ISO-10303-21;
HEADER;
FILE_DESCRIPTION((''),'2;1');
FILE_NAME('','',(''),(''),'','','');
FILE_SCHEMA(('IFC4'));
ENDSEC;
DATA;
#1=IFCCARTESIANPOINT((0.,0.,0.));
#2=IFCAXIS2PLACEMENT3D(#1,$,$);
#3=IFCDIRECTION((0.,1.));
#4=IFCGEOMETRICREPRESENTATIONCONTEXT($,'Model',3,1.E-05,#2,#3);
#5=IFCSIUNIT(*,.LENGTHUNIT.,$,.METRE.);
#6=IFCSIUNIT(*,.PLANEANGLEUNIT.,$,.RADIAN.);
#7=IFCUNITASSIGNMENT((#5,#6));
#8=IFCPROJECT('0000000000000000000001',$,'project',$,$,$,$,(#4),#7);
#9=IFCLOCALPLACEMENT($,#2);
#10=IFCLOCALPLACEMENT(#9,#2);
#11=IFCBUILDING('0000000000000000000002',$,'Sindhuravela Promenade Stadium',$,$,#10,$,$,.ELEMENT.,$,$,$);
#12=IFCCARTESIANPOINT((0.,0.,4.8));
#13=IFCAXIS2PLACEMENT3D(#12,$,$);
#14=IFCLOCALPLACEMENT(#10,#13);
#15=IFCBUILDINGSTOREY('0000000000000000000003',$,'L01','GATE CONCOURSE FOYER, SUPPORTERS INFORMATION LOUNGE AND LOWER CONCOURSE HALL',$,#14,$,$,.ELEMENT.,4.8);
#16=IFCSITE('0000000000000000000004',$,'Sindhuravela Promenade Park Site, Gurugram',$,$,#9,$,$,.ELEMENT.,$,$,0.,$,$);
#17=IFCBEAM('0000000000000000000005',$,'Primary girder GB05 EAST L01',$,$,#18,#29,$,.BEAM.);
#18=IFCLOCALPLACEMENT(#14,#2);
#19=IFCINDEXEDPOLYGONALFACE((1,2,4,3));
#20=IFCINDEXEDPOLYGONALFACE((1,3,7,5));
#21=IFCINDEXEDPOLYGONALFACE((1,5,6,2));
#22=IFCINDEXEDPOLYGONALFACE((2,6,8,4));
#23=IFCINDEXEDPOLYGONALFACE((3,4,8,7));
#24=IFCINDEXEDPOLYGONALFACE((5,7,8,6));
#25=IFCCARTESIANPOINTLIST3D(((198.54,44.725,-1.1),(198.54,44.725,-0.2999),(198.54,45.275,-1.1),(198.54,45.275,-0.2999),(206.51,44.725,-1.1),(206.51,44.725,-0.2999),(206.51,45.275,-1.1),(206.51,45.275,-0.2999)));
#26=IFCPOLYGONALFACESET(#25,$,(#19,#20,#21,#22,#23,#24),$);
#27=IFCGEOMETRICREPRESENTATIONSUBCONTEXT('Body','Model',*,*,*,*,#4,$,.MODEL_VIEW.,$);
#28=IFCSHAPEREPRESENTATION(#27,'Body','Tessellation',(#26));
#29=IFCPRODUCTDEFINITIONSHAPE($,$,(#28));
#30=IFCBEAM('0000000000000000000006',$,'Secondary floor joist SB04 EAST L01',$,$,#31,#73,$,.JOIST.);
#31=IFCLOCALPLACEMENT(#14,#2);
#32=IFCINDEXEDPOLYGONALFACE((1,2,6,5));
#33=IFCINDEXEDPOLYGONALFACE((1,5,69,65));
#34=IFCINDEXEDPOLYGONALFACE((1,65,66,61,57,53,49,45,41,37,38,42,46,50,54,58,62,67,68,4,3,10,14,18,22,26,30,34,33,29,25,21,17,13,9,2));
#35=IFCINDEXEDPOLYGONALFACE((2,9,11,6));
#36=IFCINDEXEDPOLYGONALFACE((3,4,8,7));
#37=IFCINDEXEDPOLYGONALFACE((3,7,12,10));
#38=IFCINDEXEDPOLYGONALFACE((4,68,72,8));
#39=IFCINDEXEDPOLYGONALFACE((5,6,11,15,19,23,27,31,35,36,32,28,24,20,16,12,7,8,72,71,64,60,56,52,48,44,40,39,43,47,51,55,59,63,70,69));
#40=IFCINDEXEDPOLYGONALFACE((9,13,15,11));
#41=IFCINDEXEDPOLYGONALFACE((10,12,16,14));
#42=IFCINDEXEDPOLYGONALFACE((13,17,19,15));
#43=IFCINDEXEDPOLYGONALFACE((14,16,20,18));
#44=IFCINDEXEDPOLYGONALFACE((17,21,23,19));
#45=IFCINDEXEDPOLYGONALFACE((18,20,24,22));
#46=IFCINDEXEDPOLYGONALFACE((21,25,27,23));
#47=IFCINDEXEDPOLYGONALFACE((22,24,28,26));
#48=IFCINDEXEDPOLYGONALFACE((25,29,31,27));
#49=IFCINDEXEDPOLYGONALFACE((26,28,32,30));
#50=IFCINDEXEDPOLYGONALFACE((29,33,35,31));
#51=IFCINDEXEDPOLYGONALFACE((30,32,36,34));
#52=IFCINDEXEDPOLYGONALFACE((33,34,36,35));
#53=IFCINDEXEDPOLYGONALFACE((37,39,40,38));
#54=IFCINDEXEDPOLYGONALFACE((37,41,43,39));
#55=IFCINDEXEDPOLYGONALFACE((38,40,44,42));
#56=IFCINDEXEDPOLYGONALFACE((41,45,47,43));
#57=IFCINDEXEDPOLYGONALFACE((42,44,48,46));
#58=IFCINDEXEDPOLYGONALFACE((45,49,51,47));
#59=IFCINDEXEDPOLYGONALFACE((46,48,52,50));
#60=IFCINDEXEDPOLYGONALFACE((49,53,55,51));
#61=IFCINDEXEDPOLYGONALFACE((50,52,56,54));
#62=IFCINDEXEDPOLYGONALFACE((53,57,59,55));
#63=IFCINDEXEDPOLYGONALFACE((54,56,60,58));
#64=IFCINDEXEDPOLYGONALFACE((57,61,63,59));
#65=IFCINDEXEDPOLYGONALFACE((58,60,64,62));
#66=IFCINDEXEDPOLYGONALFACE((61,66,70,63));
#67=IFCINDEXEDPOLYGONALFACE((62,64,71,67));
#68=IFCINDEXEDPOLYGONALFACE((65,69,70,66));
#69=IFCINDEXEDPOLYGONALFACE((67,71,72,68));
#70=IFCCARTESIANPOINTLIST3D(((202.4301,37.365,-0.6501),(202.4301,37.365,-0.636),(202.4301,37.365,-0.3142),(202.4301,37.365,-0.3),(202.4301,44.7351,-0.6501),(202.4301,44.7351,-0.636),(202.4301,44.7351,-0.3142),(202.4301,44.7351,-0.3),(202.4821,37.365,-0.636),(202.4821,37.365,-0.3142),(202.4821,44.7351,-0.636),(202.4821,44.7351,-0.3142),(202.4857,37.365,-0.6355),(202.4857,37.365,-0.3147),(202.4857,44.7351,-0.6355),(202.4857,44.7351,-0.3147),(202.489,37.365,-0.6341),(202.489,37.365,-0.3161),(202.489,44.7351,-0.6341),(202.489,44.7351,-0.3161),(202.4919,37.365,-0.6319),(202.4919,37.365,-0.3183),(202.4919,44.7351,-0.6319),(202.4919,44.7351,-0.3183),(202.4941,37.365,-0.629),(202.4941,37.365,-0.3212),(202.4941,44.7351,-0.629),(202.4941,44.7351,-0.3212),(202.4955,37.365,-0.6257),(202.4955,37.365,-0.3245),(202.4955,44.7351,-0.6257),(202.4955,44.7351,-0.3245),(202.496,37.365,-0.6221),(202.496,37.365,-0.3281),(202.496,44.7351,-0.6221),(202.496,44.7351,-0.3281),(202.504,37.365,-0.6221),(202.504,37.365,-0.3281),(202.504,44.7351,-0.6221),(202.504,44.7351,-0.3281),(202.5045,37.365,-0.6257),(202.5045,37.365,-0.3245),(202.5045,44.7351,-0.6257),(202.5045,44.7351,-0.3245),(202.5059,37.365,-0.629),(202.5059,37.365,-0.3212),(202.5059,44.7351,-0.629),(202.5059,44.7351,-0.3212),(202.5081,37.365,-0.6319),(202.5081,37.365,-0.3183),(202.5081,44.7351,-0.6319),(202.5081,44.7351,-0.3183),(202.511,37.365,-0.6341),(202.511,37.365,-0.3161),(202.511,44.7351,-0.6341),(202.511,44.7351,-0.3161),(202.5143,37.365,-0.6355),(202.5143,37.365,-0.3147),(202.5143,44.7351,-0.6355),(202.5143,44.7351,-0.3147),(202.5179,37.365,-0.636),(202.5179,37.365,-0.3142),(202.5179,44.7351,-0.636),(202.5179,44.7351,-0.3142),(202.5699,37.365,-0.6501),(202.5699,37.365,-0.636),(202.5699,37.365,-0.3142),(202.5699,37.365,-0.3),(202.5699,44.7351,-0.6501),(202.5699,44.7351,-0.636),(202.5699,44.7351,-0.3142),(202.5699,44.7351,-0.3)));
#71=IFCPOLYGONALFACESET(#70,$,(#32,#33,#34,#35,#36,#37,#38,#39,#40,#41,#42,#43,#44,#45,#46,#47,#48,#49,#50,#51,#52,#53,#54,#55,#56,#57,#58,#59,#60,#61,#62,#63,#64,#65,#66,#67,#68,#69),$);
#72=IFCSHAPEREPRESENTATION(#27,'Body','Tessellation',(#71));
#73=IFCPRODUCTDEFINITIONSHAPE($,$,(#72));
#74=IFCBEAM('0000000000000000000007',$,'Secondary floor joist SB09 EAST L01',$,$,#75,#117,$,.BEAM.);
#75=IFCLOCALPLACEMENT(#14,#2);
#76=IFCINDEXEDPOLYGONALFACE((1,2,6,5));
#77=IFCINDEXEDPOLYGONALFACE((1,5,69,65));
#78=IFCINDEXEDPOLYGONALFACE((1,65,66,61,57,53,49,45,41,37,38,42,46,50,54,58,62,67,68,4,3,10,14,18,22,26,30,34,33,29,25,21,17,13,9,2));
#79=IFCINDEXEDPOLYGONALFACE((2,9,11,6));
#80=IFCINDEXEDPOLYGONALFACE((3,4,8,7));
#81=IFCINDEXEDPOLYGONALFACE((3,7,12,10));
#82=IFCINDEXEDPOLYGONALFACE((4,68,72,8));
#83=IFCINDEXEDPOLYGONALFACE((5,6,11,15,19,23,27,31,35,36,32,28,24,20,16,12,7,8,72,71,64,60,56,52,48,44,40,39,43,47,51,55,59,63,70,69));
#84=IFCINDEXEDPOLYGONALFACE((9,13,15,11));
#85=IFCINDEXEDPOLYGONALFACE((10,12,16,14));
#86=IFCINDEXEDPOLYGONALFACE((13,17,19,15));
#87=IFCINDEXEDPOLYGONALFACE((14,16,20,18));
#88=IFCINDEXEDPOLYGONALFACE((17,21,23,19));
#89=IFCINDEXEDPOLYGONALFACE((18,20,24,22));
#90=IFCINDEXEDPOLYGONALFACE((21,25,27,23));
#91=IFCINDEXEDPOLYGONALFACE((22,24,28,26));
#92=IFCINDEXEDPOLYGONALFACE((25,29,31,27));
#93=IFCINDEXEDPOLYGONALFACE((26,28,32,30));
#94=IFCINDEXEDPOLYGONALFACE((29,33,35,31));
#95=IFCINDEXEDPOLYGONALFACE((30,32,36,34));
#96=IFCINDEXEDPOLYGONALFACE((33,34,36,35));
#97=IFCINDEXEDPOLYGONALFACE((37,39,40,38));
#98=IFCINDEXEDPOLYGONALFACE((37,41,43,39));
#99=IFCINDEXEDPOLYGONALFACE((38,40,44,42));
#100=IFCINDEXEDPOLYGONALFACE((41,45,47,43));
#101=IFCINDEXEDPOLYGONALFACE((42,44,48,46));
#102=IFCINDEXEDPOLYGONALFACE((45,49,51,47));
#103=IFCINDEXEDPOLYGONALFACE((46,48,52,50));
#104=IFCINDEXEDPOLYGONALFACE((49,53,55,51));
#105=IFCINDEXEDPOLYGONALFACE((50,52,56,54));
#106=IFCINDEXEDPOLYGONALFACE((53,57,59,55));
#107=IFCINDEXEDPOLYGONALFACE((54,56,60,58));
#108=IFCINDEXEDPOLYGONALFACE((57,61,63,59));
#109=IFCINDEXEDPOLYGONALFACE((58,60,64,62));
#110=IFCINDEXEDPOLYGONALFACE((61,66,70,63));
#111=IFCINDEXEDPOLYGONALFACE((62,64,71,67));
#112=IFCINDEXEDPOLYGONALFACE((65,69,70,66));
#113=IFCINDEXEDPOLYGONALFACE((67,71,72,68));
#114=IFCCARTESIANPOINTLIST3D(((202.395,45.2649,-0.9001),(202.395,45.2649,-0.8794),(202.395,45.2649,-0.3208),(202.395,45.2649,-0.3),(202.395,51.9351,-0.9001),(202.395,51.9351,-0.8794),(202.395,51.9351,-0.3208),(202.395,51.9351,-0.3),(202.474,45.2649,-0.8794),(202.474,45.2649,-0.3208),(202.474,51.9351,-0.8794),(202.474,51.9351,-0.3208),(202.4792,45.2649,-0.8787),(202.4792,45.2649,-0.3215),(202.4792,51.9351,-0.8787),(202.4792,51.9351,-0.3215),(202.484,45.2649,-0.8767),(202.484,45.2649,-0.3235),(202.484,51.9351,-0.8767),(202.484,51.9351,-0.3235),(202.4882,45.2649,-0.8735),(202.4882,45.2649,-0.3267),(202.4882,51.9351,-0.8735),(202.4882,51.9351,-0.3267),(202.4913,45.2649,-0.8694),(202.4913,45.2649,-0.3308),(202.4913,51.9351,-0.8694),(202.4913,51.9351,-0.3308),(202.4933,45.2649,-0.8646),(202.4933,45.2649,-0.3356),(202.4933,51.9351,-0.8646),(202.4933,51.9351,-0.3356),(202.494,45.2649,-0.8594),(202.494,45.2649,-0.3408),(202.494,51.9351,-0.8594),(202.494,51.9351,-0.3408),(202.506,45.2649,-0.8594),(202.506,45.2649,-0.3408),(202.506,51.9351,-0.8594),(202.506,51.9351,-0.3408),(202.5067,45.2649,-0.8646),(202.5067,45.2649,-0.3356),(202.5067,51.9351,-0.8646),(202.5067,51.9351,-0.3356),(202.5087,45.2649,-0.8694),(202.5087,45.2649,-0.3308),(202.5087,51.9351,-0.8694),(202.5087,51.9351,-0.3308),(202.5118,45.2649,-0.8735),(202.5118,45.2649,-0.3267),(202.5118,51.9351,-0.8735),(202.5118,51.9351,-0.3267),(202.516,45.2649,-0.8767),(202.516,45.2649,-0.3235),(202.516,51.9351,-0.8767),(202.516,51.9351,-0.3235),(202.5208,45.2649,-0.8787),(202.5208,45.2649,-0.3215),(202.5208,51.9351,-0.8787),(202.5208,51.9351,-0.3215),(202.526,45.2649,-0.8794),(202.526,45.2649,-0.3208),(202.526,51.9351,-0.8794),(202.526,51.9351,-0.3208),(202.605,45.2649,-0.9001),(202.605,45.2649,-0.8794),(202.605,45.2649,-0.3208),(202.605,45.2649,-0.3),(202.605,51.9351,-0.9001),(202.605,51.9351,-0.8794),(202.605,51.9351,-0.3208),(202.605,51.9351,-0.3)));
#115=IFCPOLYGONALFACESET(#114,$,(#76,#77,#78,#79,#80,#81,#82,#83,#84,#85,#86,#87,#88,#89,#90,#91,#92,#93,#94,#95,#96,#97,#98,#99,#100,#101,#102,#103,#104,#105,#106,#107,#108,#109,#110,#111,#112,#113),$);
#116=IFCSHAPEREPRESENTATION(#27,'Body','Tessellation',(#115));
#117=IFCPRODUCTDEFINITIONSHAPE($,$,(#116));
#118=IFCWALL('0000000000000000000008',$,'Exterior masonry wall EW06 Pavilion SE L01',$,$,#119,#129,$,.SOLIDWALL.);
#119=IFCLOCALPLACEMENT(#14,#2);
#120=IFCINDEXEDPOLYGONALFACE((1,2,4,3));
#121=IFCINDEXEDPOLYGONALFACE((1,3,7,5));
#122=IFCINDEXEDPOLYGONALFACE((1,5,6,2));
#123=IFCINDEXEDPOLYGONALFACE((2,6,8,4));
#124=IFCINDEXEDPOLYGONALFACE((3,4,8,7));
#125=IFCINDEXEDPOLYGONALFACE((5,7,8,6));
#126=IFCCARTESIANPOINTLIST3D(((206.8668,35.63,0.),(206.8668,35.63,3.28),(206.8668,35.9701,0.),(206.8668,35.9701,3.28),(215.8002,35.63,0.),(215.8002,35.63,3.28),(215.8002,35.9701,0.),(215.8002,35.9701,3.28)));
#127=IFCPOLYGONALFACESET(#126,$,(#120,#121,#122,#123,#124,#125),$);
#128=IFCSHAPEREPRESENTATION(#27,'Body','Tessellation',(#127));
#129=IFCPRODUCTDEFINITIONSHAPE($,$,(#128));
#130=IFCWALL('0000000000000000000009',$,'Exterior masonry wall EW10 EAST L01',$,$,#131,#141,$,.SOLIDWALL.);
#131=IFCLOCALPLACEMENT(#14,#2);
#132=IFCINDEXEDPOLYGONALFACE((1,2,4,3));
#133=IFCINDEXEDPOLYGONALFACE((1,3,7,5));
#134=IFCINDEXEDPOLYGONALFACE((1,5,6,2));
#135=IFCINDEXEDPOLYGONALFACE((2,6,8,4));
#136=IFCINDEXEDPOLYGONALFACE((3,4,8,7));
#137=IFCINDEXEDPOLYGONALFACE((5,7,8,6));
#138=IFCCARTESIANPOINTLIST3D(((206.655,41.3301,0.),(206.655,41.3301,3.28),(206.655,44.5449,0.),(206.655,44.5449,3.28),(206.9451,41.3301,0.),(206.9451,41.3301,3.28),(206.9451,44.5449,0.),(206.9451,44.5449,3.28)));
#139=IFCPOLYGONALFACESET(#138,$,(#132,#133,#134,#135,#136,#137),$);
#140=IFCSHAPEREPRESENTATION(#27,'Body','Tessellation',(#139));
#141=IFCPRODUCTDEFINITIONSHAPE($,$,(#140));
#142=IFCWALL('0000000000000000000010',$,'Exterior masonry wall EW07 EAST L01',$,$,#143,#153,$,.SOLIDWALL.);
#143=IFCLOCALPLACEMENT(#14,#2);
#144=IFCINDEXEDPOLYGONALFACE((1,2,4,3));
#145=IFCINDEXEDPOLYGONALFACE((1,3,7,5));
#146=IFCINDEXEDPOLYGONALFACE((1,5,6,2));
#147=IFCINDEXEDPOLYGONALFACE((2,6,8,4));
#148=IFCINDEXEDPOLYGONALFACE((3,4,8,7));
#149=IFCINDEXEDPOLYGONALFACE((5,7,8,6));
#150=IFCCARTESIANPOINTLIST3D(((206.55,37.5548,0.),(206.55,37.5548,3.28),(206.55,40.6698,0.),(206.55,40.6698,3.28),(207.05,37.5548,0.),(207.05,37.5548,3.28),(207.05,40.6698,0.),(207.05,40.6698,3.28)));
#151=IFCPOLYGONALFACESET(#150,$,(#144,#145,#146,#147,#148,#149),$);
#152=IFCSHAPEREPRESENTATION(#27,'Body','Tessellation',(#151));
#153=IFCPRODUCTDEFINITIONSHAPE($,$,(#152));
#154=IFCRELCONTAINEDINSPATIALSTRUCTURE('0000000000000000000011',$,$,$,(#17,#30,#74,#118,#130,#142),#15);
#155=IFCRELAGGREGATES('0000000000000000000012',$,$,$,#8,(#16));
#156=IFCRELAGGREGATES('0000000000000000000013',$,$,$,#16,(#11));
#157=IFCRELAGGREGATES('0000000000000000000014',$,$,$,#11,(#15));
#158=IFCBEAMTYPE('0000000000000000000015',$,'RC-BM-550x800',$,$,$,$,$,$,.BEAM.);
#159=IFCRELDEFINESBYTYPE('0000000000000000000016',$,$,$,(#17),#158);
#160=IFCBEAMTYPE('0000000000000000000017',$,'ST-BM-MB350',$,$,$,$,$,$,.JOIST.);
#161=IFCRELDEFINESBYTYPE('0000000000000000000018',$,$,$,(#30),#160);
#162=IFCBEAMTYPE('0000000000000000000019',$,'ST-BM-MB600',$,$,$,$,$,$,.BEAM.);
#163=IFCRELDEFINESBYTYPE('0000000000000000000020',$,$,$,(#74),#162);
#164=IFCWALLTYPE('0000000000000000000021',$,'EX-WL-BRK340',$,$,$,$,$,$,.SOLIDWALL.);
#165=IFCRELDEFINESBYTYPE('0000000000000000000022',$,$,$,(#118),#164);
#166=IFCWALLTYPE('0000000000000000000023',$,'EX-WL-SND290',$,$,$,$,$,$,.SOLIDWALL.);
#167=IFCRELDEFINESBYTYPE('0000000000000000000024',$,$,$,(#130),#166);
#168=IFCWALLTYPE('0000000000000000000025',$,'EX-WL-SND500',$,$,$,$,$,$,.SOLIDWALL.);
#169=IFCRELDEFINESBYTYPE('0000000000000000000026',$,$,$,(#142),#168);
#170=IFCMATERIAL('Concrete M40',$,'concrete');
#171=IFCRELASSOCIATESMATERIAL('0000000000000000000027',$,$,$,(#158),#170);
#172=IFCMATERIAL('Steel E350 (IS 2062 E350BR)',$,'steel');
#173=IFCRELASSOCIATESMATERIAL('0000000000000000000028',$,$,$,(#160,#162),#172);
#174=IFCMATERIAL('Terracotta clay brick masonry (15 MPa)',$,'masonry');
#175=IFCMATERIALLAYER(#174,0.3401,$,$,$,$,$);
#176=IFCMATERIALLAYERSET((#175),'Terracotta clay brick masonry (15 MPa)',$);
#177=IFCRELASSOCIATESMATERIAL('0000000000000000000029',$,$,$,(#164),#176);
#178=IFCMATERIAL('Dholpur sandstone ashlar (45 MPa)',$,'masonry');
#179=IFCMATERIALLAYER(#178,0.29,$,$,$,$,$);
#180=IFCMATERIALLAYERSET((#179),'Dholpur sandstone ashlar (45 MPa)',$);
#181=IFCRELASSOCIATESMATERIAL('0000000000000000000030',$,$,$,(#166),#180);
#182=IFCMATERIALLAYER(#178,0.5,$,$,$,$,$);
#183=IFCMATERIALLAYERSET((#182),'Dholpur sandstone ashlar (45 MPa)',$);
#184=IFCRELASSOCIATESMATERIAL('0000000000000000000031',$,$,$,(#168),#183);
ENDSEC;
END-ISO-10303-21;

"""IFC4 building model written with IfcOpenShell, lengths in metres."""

from ifc_helpers import new_model, si_unit, direction, frame, frame_2d, origin, origin_2d, place, context, subcontext, project, spatial, rectangle, i_section, extrude, material, layer, layer_set, material_profile, profile_set, type_object, element, save


model = new_model("IFC4")

# Units and contexts
model_context = context("Model", 3, precision=1e-05, world=origin(), true_north=direction((0.0, 1.0)))
body_context = subcontext(model_context, "Body", "Model", "MODEL_VIEW")
ifc_project = project(units=[si_unit("LENGTHUNIT", "METRE"), si_unit("PLANEANGLEUNIT", "RADIAN")], contexts=[model_context])

# Site, building, storey
site_placement = place(None, origin())
site = spatial("IfcSite", under=ifc_project, at=site_placement, Name="Sindhuravela Promenade Park Site, Gurugram", CompositionType="ELEMENT", RefElevation=0.0)
building_placement = place(site_placement, origin())
building = spatial("IfcBuilding", under=site, at=building_placement, Name="Sindhuravela Promenade Stadium", CompositionType="ELEMENT")
storey_placement = place(building_placement, frame((0.0, 0.0, 4.8)))
storey = spatial("IfcBuildingStorey", under=building, at=storey_placement, Name="L01", Description="GATE CONCOURSE FOYER, SUPPORTERS INFORMATION LOUNGE AND LOWER CONCOURSE HALL", CompositionType="ELEMENT", Elevation=4.8)

# Shared definitions
ifc_material_1 = material(Name="Concrete M40", Category="concrete")

# Beams
ifc_material_profile_1 = material_profile(ifc_material_1, rectangle(XDim=0.55, YDim=0.8, at=origin_2d()), Name="RC 550x800")
ifc_profile_set_1 = profile_set([ifc_material_profile_1], Name="Concrete M40")
beam_type_1 = type_object("IfcBeamType", Name="RC-BM-550x800", PredefinedType="BEAM", material=ifc_profile_set_1)
for number, where, z_axis, x_axis, name in (
    (1, (198.54, 45.0, -0.7), (1.0, 0.0, 0.0), (0.0, 1.0, 0.0), "Primary girder GB05 EAST L01"),
):
    element("IfcBeam", number, at=place(storey_placement, frame(where, z_axis=z_axis, x_axis=x_axis)), inside=storey, type_object=beam_type_1, Name=name, PredefinedType="BEAM", context=body_context, shape_type="SweptSolid", body=[
        extrude(rectangle(XDim=0.55, YDim=0.8, at=origin_2d()), origin(), (0.0, 0.0, 1.0), 7.97),
    ])
ifc_material_2 = material(Name="Steel E350 (IS 2062 E350BR)", Category="steel")
ifc_material_profile_2 = material_profile(ifc_material_2, i_section(OverallWidth=0.1399, OverallDepth=0.3501, WebThickness=0.0081, FlangeThickness=0.0142, FilletRadius=0.0139, at=origin_2d()), Name="ISMB 350")
ifc_profile_set_2 = profile_set([ifc_material_profile_2], Name="Steel E350 (IS 2062 E350BR)")
beam_type_2 = type_object("IfcBeamType", Name="ST-BM-MB350", PredefinedType="JOIST", material=ifc_profile_set_2)
beam_1_placement = place(storey_placement, frame((202.5, 37.365, -0.4751), z_axis=(0.0, 1.0, 0.0), x_axis=(-1.0, 0.0, 0.0)))
element("IfcBeam", 2, at=beam_1_placement, inside=storey, type_object=beam_type_2, Name="Secondary floor joist SB04 EAST L01", PredefinedType="JOIST", context=body_context, shape_type="SweptSolid", body=[
    extrude(i_section(OverallWidth=0.1399, OverallDepth=0.3501, WebThickness=0.0081, FlangeThickness=0.0142, FilletRadius=0.0139, at=origin_2d()), origin(), (0.0, 0.0, 1.0), 7.3701),
])
ifc_material_profile_3 = material_profile(ifc_material_2, i_section(OverallWidth=0.21, OverallDepth=0.6001, WebThickness=0.012, FlangeThickness=0.0208, FilletRadius=0.02, at=origin_2d()), Name="ISMB 600")
ifc_profile_set_3 = profile_set([ifc_material_profile_3], Name="Steel E350 (IS 2062 E350BR)")
beam_type_3 = type_object("IfcBeamType", Name="ST-BM-MB600", PredefinedType="BEAM", material=ifc_profile_set_3)
beam_2_placement = place(storey_placement, frame((202.5, 45.2649, -0.6001), z_axis=(0.0, 1.0, 0.0), x_axis=(-1.0, 0.0, 0.0)))
element("IfcBeam", 3, at=beam_2_placement, inside=storey, type_object=beam_type_3, Name="Secondary floor joist SB09 EAST L01", PredefinedType="BEAM", context=body_context, shape_type="SweptSolid", body=[
    extrude(i_section(OverallWidth=0.21, OverallDepth=0.6001, WebThickness=0.012, FlangeThickness=0.0208, FilletRadius=0.02, at=origin_2d()), origin(), (0.0, 0.0, 1.0), 6.6702),
])

# Walls
ifc_material_3 = material(Name="Terracotta clay brick masonry (15 MPa)", Category="masonry")
ifc_layer_1 = layer(ifc_material_3, 0.3401)
ifc_layer_set_1 = layer_set([ifc_layer_1], Name="Terracotta clay brick masonry (15 MPa)")
wall_type_1 = type_object("IfcWallType", Name="EX-WL-BRK340", PredefinedType="SOLIDWALL", material=ifc_layer_set_1)
wall_1_placement = place(storey_placement, frame((206.8667, 35.8, 0.0), z_axis=(0.0, 0.0, 1.0), x_axis=(1.0, 0.0, 0.0)))
element("IfcWall", 4, at=wall_1_placement, inside=storey, type_object=wall_type_1, Name="Exterior masonry wall EW06 Pavilion SE L01", PredefinedType="SOLIDWALL", context=body_context, shape_type="SweptSolid", body=[
    extrude(rectangle(XDim=8.9333, YDim=0.3401, at=frame_2d((4.4668, 0.0))), origin(), (0.0, 0.0, 1.0), 3.28),
])
ifc_material_4 = material(Name="Dholpur sandstone ashlar (45 MPa)", Category="masonry")
ifc_layer_2 = layer(ifc_material_4, 0.29)
ifc_layer_set_2 = layer_set([ifc_layer_2], Name="Dholpur sandstone ashlar (45 MPa)")
wall_type_2 = type_object("IfcWallType", Name="EX-WL-SND290", PredefinedType="SOLIDWALL", material=ifc_layer_set_2)
wall_2_placement = place(storey_placement, frame((206.8, 44.5449, 0.0), z_axis=(0.0, 0.0, 1.0), x_axis=(0.0, -1.0, 0.0)))
element("IfcWall", 5, at=wall_2_placement, inside=storey, type_object=wall_type_2, Name="Exterior masonry wall EW10 EAST L01", PredefinedType="SOLIDWALL", context=body_context, shape_type="SweptSolid", body=[
    extrude(rectangle(XDim=3.2148, YDim=0.29, at=frame_2d((1.6074, 0.0))), origin(), (0.0, 0.0, 1.0), 3.28),
])
ifc_layer_3 = layer(ifc_material_4, 0.5)
ifc_layer_set_3 = layer_set([ifc_layer_3], Name="Dholpur sandstone ashlar (45 MPa)")
wall_type_3 = type_object("IfcWallType", Name="EX-WL-SND500", PredefinedType="SOLIDWALL", material=ifc_layer_set_3)
wall_3_placement = place(storey_placement, frame((206.8, 40.6699, 0.0), z_axis=(0.0, 0.0, 1.0), x_axis=(0.0, -1.0, 0.0)))
element("IfcWall", 6, at=wall_3_placement, inside=storey, type_object=wall_type_3, Name="Exterior masonry wall EW07 EAST L01", PredefinedType="SOLIDWALL", context=body_context, shape_type="SweptSolid", body=[
    extrude(rectangle(XDim=3.115, YDim=0.5, at=frame_2d((1.5576, 0.0))), origin(), (0.0, 0.0, 1.0), 3.28),
])

save(model, "model.ifc")
